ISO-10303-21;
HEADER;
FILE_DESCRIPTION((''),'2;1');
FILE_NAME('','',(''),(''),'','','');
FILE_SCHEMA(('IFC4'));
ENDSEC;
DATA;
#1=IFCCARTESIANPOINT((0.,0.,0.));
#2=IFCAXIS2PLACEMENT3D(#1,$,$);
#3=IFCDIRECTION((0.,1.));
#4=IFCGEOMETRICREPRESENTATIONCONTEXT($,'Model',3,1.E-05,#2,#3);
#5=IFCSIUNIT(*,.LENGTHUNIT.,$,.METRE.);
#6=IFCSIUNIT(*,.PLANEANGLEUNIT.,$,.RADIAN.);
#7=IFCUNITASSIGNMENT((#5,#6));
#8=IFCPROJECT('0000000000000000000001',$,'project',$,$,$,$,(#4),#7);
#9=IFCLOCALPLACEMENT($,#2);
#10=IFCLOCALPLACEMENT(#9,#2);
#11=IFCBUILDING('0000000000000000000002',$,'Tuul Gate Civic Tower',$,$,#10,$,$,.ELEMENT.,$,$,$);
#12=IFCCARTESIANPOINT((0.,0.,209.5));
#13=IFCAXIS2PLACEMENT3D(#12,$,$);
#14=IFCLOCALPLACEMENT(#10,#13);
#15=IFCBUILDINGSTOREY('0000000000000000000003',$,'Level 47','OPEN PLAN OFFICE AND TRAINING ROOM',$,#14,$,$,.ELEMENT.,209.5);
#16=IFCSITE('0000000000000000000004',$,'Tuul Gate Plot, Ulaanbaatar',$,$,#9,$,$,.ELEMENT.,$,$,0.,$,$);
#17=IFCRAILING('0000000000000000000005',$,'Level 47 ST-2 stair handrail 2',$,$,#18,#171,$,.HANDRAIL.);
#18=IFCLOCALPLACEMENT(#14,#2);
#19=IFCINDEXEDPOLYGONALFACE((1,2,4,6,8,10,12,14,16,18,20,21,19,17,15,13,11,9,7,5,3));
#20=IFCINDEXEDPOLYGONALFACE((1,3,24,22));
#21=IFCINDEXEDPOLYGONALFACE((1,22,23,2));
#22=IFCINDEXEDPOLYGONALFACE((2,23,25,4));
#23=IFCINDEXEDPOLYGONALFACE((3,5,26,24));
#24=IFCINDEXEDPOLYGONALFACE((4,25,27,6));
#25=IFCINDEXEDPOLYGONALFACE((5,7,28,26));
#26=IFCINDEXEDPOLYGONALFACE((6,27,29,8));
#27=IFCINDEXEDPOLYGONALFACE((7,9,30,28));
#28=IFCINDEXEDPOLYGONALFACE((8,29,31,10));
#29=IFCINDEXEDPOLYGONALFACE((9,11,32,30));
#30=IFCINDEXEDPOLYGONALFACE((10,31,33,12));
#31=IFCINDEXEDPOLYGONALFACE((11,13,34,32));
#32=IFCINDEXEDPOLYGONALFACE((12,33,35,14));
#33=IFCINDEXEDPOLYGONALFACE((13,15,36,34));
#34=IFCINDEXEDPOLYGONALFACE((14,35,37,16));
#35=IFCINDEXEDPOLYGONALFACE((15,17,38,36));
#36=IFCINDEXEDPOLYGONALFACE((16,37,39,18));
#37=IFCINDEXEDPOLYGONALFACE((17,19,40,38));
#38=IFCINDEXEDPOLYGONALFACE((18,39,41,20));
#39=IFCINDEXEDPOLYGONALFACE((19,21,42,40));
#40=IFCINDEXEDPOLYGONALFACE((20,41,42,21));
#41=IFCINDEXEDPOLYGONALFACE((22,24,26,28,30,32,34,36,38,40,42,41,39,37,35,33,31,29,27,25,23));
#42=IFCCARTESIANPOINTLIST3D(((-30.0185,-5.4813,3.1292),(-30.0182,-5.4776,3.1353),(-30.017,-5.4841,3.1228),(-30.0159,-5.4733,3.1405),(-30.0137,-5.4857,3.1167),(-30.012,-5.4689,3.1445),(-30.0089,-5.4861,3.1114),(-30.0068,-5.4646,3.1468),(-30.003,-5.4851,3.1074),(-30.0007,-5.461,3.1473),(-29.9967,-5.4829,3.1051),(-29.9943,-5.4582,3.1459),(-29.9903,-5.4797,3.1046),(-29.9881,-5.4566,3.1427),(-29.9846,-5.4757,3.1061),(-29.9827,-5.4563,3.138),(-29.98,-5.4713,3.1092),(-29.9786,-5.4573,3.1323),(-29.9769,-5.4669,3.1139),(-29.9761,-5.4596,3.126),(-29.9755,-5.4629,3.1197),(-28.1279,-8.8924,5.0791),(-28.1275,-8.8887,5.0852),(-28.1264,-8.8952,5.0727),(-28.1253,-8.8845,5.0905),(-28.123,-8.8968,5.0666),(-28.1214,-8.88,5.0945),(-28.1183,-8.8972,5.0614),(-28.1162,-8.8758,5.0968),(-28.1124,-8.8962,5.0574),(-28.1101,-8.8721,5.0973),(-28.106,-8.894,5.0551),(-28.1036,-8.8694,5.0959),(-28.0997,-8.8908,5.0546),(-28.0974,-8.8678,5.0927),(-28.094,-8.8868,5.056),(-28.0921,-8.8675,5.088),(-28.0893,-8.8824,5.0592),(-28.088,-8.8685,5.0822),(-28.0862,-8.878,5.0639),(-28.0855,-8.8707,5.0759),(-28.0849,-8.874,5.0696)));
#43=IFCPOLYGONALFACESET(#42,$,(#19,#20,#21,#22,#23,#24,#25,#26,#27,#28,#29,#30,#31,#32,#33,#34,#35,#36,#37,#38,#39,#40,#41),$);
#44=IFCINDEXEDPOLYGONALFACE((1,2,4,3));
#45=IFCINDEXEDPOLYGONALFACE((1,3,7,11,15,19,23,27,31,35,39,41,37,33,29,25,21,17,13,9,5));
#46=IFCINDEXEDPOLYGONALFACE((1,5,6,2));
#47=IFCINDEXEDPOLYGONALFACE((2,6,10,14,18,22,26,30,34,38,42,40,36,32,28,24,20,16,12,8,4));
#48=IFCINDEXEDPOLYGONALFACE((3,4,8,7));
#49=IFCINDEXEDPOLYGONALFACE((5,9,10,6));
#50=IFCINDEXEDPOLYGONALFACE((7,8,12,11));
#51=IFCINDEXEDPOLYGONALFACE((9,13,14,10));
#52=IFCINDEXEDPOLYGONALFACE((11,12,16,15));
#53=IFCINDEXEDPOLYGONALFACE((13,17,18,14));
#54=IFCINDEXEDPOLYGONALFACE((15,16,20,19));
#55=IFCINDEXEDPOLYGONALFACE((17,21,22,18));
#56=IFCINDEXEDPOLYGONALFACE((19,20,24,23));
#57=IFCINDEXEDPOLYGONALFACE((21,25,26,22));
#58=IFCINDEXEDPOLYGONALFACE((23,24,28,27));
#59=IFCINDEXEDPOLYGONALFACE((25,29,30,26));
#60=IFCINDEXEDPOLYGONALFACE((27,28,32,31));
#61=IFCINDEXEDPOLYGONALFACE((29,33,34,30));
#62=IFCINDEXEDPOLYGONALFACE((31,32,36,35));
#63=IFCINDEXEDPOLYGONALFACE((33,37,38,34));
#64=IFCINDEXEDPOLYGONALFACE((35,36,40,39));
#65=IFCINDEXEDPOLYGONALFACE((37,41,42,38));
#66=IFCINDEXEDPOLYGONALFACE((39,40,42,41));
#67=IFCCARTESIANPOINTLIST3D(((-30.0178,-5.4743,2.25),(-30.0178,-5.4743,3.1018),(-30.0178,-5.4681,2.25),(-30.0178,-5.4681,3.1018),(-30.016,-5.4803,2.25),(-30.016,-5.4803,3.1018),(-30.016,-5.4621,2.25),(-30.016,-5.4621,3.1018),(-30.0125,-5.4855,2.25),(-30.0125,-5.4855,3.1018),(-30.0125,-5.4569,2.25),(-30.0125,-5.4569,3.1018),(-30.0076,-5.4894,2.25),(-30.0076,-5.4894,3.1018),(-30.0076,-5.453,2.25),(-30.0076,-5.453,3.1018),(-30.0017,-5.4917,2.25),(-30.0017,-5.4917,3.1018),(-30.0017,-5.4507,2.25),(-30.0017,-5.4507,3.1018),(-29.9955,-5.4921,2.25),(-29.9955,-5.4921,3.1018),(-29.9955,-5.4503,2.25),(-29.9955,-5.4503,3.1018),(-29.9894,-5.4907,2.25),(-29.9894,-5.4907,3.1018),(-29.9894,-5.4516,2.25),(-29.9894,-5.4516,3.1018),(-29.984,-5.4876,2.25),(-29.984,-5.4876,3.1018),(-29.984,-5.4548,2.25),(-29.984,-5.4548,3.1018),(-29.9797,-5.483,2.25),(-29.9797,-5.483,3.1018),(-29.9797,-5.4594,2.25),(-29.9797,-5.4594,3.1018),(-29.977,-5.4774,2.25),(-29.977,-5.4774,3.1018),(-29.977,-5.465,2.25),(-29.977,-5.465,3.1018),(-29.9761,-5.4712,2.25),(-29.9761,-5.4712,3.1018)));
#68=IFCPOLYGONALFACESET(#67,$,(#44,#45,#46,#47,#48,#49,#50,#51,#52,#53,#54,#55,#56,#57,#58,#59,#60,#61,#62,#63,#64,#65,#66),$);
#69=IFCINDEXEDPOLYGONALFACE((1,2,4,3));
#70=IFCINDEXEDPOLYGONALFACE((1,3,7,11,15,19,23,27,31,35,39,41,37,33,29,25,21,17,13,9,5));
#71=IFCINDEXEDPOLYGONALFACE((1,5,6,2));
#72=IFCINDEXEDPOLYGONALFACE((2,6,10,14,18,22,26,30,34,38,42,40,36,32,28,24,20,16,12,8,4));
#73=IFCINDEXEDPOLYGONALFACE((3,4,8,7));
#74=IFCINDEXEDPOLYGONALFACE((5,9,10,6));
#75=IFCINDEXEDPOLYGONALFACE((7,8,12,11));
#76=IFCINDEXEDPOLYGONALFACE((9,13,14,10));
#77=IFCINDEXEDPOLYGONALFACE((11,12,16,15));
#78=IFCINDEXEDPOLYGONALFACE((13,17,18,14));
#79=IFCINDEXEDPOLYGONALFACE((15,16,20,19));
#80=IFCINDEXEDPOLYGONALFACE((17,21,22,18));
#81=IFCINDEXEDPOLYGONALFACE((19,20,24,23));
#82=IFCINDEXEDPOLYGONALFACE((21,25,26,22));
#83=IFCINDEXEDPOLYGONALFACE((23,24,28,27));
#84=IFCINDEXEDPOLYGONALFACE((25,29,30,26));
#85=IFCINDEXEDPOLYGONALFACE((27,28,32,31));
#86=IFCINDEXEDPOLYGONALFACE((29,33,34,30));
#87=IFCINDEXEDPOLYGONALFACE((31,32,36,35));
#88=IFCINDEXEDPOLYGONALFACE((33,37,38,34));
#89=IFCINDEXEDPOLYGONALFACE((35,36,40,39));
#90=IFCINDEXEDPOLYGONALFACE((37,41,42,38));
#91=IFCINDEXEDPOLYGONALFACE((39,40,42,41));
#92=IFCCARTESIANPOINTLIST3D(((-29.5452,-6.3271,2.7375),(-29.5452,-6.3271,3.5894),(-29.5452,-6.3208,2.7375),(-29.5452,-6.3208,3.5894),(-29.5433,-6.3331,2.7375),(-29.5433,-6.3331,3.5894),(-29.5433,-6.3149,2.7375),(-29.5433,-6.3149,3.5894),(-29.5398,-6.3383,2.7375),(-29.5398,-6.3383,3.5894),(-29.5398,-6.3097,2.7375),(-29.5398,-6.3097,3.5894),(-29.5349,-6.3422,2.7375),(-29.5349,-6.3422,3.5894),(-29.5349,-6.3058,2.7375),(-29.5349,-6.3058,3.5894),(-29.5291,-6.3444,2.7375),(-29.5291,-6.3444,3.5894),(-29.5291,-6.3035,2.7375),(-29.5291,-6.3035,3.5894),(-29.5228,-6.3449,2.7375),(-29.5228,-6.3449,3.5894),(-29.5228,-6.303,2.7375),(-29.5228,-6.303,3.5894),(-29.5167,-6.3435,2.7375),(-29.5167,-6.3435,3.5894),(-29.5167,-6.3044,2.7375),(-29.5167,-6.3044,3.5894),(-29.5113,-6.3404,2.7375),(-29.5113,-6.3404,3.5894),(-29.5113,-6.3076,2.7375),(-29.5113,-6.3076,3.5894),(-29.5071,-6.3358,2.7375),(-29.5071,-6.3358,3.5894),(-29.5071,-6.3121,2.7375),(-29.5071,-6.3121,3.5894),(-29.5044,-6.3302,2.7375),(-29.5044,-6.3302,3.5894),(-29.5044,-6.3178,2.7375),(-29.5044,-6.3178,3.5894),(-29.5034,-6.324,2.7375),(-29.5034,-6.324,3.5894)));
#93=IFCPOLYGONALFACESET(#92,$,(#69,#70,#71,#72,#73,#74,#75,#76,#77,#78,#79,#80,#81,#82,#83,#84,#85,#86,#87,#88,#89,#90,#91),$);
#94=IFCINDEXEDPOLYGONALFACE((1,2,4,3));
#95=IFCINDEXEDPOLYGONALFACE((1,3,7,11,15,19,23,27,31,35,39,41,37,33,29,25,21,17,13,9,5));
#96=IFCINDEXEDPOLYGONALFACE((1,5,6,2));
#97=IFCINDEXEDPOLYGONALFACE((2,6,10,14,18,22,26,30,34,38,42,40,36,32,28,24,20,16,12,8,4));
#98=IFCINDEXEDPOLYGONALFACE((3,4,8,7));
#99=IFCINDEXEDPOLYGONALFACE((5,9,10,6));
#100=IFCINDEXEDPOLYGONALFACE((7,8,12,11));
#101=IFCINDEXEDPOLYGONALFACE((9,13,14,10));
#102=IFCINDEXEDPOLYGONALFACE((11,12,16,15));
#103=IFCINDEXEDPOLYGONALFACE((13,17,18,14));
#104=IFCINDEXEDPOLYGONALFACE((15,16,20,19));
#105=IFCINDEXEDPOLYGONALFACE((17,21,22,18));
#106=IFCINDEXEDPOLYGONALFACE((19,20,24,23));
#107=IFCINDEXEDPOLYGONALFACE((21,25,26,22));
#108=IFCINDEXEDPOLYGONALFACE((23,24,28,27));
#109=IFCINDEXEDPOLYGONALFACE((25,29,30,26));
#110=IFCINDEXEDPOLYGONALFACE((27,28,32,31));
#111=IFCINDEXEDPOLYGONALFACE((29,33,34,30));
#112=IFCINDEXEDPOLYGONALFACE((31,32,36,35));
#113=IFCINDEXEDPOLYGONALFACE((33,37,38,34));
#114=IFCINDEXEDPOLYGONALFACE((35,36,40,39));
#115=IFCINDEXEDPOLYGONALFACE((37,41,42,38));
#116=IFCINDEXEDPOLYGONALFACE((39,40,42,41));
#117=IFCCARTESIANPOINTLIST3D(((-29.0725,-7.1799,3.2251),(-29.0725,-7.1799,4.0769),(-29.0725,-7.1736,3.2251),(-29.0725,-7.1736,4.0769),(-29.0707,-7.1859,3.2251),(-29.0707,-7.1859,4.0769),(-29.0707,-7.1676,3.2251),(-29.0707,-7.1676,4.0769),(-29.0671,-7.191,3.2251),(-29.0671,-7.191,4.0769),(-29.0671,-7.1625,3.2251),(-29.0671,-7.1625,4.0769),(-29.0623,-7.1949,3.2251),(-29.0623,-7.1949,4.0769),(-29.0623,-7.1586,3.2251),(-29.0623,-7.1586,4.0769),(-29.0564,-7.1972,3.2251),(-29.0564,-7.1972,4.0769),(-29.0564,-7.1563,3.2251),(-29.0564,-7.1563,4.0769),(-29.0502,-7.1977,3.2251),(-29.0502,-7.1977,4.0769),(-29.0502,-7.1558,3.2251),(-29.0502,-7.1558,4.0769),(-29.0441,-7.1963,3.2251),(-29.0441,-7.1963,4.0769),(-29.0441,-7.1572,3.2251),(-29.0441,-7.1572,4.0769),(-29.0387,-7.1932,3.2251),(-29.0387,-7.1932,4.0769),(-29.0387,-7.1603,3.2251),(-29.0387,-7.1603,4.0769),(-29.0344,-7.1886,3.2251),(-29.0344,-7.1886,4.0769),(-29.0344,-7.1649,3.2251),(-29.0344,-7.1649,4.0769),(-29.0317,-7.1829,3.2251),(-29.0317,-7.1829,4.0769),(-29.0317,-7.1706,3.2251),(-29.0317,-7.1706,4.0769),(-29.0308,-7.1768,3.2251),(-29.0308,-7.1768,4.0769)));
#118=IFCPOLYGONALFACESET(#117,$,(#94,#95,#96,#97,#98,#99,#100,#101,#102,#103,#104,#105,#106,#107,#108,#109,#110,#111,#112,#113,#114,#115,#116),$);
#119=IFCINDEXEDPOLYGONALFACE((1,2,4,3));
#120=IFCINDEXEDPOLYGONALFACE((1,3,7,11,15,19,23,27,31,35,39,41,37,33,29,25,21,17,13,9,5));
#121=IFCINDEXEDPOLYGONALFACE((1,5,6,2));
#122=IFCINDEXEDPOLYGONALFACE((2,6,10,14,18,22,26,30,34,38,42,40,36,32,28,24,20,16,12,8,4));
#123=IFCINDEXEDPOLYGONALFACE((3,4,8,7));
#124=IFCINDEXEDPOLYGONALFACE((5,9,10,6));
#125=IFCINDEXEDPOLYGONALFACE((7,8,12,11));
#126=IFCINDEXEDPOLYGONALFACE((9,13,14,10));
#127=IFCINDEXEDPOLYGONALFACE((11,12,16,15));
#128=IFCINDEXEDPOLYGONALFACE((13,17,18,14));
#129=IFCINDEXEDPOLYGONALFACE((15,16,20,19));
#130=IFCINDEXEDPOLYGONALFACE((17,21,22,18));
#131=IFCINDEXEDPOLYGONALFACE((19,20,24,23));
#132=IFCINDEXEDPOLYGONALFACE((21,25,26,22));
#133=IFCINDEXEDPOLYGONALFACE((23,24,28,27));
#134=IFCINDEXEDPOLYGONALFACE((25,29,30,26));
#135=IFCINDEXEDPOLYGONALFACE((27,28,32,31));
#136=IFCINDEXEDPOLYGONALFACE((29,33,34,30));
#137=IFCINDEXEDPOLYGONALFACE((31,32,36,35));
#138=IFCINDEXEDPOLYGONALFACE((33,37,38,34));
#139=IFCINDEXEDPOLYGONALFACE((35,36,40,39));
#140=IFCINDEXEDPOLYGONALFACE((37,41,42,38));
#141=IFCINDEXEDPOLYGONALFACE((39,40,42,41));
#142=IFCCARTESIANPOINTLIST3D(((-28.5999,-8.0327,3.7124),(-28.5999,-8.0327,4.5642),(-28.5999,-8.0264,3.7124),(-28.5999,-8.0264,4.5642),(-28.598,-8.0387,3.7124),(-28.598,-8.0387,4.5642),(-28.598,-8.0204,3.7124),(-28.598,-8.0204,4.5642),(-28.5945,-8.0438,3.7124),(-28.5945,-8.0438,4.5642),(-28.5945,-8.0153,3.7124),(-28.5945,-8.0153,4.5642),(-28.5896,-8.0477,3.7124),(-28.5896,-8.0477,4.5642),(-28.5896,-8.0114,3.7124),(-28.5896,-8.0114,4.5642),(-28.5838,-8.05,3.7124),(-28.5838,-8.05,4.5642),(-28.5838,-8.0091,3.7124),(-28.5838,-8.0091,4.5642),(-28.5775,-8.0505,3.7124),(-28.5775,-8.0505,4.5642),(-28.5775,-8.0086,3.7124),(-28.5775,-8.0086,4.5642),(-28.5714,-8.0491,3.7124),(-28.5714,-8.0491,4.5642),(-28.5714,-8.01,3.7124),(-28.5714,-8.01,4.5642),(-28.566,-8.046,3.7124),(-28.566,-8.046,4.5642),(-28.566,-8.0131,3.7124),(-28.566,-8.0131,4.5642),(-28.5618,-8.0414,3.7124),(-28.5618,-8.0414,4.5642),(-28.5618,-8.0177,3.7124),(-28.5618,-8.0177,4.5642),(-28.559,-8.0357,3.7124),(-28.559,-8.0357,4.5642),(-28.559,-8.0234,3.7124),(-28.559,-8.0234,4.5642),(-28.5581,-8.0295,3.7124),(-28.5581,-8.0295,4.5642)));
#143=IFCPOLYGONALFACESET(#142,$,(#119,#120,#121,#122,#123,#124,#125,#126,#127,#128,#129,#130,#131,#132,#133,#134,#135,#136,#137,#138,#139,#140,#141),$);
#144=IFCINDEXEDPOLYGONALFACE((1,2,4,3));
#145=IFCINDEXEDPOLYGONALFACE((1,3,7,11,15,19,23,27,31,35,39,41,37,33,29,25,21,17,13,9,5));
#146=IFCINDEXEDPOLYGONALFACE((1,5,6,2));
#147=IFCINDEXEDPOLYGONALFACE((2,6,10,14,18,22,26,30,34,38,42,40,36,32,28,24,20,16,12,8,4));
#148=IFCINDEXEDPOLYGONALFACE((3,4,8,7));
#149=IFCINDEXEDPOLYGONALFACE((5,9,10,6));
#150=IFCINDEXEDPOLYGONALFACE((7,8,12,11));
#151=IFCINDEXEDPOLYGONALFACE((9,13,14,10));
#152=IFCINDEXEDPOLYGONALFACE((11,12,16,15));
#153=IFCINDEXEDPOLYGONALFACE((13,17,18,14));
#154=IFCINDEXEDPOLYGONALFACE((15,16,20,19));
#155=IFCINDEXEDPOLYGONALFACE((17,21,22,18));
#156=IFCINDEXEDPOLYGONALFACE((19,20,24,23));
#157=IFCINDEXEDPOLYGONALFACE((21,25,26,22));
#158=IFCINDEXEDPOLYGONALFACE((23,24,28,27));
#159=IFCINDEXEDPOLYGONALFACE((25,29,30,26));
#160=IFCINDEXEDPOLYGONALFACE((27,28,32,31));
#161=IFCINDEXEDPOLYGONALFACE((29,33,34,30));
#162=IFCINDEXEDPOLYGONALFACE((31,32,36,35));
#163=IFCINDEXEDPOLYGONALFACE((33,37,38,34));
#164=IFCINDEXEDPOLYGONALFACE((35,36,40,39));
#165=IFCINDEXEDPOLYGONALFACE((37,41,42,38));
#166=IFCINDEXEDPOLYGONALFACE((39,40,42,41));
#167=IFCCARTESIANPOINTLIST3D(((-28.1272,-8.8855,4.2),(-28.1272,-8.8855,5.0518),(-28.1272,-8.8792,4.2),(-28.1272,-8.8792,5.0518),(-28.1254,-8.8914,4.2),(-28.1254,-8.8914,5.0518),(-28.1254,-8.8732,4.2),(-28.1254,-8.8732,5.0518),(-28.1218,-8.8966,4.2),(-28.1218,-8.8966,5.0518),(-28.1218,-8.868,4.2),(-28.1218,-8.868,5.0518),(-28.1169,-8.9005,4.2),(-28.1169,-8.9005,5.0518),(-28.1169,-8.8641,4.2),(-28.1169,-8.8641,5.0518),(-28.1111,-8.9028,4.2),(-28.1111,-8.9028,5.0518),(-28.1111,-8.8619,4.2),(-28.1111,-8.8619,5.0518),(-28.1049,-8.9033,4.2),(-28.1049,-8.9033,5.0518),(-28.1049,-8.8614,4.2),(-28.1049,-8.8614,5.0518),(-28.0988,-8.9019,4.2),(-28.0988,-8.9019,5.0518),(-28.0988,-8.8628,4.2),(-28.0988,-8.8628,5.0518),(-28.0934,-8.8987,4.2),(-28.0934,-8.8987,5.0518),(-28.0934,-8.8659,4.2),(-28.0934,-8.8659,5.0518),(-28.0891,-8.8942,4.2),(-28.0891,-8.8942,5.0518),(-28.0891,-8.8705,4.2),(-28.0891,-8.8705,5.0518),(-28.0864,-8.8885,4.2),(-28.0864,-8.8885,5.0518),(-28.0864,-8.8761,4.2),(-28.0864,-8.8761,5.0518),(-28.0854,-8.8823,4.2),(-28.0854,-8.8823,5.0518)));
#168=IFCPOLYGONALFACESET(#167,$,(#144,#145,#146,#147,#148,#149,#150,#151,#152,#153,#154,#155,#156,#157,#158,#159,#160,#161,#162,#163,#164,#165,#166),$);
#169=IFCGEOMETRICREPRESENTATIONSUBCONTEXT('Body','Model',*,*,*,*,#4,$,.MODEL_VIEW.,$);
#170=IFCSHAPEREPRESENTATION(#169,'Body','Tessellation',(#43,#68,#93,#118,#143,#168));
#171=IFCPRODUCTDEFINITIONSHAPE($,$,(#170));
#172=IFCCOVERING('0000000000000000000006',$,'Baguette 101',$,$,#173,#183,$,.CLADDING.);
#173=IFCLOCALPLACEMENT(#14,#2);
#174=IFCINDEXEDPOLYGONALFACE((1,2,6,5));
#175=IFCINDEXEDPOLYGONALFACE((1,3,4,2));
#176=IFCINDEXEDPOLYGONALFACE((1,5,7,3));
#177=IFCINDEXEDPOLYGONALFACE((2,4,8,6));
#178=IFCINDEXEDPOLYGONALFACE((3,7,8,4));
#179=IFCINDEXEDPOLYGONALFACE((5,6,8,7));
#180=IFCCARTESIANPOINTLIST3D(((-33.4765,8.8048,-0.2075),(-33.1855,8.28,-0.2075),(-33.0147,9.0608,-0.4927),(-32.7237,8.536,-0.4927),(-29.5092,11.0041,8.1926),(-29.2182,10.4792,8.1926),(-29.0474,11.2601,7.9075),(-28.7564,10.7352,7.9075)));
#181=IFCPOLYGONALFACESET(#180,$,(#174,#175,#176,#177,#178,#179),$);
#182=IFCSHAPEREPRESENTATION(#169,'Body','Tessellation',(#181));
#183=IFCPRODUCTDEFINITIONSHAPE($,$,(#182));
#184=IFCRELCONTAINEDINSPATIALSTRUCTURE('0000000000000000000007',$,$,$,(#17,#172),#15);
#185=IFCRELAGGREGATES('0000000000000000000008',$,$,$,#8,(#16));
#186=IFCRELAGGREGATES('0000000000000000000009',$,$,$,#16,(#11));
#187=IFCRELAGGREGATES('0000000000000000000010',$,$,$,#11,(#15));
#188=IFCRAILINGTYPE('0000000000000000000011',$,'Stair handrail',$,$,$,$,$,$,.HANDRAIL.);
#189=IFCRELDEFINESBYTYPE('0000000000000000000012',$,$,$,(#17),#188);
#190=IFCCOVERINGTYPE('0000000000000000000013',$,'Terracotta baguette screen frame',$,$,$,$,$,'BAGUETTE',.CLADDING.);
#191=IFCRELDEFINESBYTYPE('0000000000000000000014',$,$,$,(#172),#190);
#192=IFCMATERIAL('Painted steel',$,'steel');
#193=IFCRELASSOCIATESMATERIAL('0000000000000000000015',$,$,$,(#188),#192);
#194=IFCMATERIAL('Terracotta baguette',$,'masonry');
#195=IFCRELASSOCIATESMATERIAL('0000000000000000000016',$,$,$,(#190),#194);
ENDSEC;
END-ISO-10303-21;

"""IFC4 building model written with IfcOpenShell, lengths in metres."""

from ifc_helpers import new_model, si_unit, direction, frame, origin, origin_2d, place, context, subcontext, project, spatial, rectangle, circle, extrude, material, material_profile, profile_set, type_object, element, save


model = new_model("IFC4")

# Units and contexts
model_context = context("Model", 3, precision=1e-05, world=origin(), true_north=direction((0.0, 1.0)))
body_context = subcontext(model_context, "Body", "Model", "MODEL_VIEW")
ifc_project = project(units=[si_unit("LENGTHUNIT", "METRE"), si_unit("PLANEANGLEUNIT", "RADIAN")], contexts=[model_context])

# Site, building, storey
site_placement = place(None, origin())
site = spatial("IfcSite", under=ifc_project, at=site_placement, Name="Tuul Gate Plot, Ulaanbaatar", CompositionType="ELEMENT", RefElevation=0.0)
building_placement = place(site_placement, origin())
building = spatial("IfcBuilding", under=site, at=building_placement, Name="Tuul Gate Civic Tower", CompositionType="ELEMENT")
storey_placement = place(building_placement, frame((0.0, 0.0, 209.5)))
storey = spatial("IfcBuildingStorey", under=building, at=storey_placement, Name="Level 47", Description="OPEN PLAN OFFICE AND TRAINING ROOM", CompositionType="ELEMENT", Elevation=209.5)

# Railing
ifc_material_1 = material(Name="Painted steel", Category="steel")
railing_type_1 = type_object("IfcRailingType", Name="Stair handrail", PredefinedType="HANDRAIL", material=ifc_material_1)
railing_1_placement = place(storey_placement, frame((-29.9971, -5.4712, 2.25)))
element("IfcRailing", 1, at=railing_1_placement, inside=storey, type_object=railing_type_1, Name="Level 47 ST-2 stair handrail 2", PredefinedType="HANDRAIL", context=body_context, shape_type="SweptSolid", body=[
    extrude(circle(Radius=0.0239, at=origin_2d()), frame((0.0, 0.0, 0.876), z_axis=(0.433595, -0.782308, 0.447201), x_axis=(0.874641, 0.484771, 0.0)), (0.0, 0.0, 1.0), 4.3604),
    extrude(circle(Radius=0.021, at=origin_2d()), origin(), (0.0, 0.0, 1.0), 0.8518),
    extrude(circle(Radius=0.021, at=origin_2d()), frame((0.4727, -0.8528, 0.4875)), (0.0, 0.0, 1.0), 0.8518),
    extrude(circle(Radius=0.021, at=origin_2d()), frame((0.9453, -1.7056, 0.9751)), (0.0, 0.0, 1.0), 0.8518),
    extrude(circle(Radius=0.021, at=origin_2d()), frame((1.418, -2.5583, 1.4624)), (0.0, 0.0, 1.0), 0.8518),
    extrude(circle(Radius=0.021, at=origin_2d()), frame((1.8906, -3.4111, 1.95)), (0.0, 0.0, 1.0), 0.8518),
])

# Covering
ifc_material_2 = material(Name="Terracotta baguette", Category="masonry")
ifc_material_profile_1 = material_profile(ifc_material_2, rectangle(XDim=0.6001, YDim=0.6001, at=origin_2d()), Name="Terracotta baguette screen frame")
ifc_profile_set_1 = profile_set([ifc_material_profile_1], Name="Terracotta baguette")
covering_type = type_object("IfcCoveringType", Name="Terracotta baguette screen frame", ElementType="BAGUETTE", PredefinedType="CLADDING", material=ifc_profile_set_1)
covering_placement = place(storey_placement, frame((-29.1328, 10.8696, 8.05), z_axis=(-0.415569, -0.230366, -0.879906), x_axis=(0.484829, -0.874609, 0.0)))
element("IfcCovering", 2, at=covering_placement, inside=storey, type_object=covering_type, Name="Baguette 101", PredefinedType="CLADDING", context=body_context, shape_type="SweptSolid", body=[
    extrude(rectangle(XDim=0.6001, YDim=0.6001, at=origin_2d()), origin(), (0.0, 0.0, 1.0), 9.5466),
])

save(model, "model.ifc")
